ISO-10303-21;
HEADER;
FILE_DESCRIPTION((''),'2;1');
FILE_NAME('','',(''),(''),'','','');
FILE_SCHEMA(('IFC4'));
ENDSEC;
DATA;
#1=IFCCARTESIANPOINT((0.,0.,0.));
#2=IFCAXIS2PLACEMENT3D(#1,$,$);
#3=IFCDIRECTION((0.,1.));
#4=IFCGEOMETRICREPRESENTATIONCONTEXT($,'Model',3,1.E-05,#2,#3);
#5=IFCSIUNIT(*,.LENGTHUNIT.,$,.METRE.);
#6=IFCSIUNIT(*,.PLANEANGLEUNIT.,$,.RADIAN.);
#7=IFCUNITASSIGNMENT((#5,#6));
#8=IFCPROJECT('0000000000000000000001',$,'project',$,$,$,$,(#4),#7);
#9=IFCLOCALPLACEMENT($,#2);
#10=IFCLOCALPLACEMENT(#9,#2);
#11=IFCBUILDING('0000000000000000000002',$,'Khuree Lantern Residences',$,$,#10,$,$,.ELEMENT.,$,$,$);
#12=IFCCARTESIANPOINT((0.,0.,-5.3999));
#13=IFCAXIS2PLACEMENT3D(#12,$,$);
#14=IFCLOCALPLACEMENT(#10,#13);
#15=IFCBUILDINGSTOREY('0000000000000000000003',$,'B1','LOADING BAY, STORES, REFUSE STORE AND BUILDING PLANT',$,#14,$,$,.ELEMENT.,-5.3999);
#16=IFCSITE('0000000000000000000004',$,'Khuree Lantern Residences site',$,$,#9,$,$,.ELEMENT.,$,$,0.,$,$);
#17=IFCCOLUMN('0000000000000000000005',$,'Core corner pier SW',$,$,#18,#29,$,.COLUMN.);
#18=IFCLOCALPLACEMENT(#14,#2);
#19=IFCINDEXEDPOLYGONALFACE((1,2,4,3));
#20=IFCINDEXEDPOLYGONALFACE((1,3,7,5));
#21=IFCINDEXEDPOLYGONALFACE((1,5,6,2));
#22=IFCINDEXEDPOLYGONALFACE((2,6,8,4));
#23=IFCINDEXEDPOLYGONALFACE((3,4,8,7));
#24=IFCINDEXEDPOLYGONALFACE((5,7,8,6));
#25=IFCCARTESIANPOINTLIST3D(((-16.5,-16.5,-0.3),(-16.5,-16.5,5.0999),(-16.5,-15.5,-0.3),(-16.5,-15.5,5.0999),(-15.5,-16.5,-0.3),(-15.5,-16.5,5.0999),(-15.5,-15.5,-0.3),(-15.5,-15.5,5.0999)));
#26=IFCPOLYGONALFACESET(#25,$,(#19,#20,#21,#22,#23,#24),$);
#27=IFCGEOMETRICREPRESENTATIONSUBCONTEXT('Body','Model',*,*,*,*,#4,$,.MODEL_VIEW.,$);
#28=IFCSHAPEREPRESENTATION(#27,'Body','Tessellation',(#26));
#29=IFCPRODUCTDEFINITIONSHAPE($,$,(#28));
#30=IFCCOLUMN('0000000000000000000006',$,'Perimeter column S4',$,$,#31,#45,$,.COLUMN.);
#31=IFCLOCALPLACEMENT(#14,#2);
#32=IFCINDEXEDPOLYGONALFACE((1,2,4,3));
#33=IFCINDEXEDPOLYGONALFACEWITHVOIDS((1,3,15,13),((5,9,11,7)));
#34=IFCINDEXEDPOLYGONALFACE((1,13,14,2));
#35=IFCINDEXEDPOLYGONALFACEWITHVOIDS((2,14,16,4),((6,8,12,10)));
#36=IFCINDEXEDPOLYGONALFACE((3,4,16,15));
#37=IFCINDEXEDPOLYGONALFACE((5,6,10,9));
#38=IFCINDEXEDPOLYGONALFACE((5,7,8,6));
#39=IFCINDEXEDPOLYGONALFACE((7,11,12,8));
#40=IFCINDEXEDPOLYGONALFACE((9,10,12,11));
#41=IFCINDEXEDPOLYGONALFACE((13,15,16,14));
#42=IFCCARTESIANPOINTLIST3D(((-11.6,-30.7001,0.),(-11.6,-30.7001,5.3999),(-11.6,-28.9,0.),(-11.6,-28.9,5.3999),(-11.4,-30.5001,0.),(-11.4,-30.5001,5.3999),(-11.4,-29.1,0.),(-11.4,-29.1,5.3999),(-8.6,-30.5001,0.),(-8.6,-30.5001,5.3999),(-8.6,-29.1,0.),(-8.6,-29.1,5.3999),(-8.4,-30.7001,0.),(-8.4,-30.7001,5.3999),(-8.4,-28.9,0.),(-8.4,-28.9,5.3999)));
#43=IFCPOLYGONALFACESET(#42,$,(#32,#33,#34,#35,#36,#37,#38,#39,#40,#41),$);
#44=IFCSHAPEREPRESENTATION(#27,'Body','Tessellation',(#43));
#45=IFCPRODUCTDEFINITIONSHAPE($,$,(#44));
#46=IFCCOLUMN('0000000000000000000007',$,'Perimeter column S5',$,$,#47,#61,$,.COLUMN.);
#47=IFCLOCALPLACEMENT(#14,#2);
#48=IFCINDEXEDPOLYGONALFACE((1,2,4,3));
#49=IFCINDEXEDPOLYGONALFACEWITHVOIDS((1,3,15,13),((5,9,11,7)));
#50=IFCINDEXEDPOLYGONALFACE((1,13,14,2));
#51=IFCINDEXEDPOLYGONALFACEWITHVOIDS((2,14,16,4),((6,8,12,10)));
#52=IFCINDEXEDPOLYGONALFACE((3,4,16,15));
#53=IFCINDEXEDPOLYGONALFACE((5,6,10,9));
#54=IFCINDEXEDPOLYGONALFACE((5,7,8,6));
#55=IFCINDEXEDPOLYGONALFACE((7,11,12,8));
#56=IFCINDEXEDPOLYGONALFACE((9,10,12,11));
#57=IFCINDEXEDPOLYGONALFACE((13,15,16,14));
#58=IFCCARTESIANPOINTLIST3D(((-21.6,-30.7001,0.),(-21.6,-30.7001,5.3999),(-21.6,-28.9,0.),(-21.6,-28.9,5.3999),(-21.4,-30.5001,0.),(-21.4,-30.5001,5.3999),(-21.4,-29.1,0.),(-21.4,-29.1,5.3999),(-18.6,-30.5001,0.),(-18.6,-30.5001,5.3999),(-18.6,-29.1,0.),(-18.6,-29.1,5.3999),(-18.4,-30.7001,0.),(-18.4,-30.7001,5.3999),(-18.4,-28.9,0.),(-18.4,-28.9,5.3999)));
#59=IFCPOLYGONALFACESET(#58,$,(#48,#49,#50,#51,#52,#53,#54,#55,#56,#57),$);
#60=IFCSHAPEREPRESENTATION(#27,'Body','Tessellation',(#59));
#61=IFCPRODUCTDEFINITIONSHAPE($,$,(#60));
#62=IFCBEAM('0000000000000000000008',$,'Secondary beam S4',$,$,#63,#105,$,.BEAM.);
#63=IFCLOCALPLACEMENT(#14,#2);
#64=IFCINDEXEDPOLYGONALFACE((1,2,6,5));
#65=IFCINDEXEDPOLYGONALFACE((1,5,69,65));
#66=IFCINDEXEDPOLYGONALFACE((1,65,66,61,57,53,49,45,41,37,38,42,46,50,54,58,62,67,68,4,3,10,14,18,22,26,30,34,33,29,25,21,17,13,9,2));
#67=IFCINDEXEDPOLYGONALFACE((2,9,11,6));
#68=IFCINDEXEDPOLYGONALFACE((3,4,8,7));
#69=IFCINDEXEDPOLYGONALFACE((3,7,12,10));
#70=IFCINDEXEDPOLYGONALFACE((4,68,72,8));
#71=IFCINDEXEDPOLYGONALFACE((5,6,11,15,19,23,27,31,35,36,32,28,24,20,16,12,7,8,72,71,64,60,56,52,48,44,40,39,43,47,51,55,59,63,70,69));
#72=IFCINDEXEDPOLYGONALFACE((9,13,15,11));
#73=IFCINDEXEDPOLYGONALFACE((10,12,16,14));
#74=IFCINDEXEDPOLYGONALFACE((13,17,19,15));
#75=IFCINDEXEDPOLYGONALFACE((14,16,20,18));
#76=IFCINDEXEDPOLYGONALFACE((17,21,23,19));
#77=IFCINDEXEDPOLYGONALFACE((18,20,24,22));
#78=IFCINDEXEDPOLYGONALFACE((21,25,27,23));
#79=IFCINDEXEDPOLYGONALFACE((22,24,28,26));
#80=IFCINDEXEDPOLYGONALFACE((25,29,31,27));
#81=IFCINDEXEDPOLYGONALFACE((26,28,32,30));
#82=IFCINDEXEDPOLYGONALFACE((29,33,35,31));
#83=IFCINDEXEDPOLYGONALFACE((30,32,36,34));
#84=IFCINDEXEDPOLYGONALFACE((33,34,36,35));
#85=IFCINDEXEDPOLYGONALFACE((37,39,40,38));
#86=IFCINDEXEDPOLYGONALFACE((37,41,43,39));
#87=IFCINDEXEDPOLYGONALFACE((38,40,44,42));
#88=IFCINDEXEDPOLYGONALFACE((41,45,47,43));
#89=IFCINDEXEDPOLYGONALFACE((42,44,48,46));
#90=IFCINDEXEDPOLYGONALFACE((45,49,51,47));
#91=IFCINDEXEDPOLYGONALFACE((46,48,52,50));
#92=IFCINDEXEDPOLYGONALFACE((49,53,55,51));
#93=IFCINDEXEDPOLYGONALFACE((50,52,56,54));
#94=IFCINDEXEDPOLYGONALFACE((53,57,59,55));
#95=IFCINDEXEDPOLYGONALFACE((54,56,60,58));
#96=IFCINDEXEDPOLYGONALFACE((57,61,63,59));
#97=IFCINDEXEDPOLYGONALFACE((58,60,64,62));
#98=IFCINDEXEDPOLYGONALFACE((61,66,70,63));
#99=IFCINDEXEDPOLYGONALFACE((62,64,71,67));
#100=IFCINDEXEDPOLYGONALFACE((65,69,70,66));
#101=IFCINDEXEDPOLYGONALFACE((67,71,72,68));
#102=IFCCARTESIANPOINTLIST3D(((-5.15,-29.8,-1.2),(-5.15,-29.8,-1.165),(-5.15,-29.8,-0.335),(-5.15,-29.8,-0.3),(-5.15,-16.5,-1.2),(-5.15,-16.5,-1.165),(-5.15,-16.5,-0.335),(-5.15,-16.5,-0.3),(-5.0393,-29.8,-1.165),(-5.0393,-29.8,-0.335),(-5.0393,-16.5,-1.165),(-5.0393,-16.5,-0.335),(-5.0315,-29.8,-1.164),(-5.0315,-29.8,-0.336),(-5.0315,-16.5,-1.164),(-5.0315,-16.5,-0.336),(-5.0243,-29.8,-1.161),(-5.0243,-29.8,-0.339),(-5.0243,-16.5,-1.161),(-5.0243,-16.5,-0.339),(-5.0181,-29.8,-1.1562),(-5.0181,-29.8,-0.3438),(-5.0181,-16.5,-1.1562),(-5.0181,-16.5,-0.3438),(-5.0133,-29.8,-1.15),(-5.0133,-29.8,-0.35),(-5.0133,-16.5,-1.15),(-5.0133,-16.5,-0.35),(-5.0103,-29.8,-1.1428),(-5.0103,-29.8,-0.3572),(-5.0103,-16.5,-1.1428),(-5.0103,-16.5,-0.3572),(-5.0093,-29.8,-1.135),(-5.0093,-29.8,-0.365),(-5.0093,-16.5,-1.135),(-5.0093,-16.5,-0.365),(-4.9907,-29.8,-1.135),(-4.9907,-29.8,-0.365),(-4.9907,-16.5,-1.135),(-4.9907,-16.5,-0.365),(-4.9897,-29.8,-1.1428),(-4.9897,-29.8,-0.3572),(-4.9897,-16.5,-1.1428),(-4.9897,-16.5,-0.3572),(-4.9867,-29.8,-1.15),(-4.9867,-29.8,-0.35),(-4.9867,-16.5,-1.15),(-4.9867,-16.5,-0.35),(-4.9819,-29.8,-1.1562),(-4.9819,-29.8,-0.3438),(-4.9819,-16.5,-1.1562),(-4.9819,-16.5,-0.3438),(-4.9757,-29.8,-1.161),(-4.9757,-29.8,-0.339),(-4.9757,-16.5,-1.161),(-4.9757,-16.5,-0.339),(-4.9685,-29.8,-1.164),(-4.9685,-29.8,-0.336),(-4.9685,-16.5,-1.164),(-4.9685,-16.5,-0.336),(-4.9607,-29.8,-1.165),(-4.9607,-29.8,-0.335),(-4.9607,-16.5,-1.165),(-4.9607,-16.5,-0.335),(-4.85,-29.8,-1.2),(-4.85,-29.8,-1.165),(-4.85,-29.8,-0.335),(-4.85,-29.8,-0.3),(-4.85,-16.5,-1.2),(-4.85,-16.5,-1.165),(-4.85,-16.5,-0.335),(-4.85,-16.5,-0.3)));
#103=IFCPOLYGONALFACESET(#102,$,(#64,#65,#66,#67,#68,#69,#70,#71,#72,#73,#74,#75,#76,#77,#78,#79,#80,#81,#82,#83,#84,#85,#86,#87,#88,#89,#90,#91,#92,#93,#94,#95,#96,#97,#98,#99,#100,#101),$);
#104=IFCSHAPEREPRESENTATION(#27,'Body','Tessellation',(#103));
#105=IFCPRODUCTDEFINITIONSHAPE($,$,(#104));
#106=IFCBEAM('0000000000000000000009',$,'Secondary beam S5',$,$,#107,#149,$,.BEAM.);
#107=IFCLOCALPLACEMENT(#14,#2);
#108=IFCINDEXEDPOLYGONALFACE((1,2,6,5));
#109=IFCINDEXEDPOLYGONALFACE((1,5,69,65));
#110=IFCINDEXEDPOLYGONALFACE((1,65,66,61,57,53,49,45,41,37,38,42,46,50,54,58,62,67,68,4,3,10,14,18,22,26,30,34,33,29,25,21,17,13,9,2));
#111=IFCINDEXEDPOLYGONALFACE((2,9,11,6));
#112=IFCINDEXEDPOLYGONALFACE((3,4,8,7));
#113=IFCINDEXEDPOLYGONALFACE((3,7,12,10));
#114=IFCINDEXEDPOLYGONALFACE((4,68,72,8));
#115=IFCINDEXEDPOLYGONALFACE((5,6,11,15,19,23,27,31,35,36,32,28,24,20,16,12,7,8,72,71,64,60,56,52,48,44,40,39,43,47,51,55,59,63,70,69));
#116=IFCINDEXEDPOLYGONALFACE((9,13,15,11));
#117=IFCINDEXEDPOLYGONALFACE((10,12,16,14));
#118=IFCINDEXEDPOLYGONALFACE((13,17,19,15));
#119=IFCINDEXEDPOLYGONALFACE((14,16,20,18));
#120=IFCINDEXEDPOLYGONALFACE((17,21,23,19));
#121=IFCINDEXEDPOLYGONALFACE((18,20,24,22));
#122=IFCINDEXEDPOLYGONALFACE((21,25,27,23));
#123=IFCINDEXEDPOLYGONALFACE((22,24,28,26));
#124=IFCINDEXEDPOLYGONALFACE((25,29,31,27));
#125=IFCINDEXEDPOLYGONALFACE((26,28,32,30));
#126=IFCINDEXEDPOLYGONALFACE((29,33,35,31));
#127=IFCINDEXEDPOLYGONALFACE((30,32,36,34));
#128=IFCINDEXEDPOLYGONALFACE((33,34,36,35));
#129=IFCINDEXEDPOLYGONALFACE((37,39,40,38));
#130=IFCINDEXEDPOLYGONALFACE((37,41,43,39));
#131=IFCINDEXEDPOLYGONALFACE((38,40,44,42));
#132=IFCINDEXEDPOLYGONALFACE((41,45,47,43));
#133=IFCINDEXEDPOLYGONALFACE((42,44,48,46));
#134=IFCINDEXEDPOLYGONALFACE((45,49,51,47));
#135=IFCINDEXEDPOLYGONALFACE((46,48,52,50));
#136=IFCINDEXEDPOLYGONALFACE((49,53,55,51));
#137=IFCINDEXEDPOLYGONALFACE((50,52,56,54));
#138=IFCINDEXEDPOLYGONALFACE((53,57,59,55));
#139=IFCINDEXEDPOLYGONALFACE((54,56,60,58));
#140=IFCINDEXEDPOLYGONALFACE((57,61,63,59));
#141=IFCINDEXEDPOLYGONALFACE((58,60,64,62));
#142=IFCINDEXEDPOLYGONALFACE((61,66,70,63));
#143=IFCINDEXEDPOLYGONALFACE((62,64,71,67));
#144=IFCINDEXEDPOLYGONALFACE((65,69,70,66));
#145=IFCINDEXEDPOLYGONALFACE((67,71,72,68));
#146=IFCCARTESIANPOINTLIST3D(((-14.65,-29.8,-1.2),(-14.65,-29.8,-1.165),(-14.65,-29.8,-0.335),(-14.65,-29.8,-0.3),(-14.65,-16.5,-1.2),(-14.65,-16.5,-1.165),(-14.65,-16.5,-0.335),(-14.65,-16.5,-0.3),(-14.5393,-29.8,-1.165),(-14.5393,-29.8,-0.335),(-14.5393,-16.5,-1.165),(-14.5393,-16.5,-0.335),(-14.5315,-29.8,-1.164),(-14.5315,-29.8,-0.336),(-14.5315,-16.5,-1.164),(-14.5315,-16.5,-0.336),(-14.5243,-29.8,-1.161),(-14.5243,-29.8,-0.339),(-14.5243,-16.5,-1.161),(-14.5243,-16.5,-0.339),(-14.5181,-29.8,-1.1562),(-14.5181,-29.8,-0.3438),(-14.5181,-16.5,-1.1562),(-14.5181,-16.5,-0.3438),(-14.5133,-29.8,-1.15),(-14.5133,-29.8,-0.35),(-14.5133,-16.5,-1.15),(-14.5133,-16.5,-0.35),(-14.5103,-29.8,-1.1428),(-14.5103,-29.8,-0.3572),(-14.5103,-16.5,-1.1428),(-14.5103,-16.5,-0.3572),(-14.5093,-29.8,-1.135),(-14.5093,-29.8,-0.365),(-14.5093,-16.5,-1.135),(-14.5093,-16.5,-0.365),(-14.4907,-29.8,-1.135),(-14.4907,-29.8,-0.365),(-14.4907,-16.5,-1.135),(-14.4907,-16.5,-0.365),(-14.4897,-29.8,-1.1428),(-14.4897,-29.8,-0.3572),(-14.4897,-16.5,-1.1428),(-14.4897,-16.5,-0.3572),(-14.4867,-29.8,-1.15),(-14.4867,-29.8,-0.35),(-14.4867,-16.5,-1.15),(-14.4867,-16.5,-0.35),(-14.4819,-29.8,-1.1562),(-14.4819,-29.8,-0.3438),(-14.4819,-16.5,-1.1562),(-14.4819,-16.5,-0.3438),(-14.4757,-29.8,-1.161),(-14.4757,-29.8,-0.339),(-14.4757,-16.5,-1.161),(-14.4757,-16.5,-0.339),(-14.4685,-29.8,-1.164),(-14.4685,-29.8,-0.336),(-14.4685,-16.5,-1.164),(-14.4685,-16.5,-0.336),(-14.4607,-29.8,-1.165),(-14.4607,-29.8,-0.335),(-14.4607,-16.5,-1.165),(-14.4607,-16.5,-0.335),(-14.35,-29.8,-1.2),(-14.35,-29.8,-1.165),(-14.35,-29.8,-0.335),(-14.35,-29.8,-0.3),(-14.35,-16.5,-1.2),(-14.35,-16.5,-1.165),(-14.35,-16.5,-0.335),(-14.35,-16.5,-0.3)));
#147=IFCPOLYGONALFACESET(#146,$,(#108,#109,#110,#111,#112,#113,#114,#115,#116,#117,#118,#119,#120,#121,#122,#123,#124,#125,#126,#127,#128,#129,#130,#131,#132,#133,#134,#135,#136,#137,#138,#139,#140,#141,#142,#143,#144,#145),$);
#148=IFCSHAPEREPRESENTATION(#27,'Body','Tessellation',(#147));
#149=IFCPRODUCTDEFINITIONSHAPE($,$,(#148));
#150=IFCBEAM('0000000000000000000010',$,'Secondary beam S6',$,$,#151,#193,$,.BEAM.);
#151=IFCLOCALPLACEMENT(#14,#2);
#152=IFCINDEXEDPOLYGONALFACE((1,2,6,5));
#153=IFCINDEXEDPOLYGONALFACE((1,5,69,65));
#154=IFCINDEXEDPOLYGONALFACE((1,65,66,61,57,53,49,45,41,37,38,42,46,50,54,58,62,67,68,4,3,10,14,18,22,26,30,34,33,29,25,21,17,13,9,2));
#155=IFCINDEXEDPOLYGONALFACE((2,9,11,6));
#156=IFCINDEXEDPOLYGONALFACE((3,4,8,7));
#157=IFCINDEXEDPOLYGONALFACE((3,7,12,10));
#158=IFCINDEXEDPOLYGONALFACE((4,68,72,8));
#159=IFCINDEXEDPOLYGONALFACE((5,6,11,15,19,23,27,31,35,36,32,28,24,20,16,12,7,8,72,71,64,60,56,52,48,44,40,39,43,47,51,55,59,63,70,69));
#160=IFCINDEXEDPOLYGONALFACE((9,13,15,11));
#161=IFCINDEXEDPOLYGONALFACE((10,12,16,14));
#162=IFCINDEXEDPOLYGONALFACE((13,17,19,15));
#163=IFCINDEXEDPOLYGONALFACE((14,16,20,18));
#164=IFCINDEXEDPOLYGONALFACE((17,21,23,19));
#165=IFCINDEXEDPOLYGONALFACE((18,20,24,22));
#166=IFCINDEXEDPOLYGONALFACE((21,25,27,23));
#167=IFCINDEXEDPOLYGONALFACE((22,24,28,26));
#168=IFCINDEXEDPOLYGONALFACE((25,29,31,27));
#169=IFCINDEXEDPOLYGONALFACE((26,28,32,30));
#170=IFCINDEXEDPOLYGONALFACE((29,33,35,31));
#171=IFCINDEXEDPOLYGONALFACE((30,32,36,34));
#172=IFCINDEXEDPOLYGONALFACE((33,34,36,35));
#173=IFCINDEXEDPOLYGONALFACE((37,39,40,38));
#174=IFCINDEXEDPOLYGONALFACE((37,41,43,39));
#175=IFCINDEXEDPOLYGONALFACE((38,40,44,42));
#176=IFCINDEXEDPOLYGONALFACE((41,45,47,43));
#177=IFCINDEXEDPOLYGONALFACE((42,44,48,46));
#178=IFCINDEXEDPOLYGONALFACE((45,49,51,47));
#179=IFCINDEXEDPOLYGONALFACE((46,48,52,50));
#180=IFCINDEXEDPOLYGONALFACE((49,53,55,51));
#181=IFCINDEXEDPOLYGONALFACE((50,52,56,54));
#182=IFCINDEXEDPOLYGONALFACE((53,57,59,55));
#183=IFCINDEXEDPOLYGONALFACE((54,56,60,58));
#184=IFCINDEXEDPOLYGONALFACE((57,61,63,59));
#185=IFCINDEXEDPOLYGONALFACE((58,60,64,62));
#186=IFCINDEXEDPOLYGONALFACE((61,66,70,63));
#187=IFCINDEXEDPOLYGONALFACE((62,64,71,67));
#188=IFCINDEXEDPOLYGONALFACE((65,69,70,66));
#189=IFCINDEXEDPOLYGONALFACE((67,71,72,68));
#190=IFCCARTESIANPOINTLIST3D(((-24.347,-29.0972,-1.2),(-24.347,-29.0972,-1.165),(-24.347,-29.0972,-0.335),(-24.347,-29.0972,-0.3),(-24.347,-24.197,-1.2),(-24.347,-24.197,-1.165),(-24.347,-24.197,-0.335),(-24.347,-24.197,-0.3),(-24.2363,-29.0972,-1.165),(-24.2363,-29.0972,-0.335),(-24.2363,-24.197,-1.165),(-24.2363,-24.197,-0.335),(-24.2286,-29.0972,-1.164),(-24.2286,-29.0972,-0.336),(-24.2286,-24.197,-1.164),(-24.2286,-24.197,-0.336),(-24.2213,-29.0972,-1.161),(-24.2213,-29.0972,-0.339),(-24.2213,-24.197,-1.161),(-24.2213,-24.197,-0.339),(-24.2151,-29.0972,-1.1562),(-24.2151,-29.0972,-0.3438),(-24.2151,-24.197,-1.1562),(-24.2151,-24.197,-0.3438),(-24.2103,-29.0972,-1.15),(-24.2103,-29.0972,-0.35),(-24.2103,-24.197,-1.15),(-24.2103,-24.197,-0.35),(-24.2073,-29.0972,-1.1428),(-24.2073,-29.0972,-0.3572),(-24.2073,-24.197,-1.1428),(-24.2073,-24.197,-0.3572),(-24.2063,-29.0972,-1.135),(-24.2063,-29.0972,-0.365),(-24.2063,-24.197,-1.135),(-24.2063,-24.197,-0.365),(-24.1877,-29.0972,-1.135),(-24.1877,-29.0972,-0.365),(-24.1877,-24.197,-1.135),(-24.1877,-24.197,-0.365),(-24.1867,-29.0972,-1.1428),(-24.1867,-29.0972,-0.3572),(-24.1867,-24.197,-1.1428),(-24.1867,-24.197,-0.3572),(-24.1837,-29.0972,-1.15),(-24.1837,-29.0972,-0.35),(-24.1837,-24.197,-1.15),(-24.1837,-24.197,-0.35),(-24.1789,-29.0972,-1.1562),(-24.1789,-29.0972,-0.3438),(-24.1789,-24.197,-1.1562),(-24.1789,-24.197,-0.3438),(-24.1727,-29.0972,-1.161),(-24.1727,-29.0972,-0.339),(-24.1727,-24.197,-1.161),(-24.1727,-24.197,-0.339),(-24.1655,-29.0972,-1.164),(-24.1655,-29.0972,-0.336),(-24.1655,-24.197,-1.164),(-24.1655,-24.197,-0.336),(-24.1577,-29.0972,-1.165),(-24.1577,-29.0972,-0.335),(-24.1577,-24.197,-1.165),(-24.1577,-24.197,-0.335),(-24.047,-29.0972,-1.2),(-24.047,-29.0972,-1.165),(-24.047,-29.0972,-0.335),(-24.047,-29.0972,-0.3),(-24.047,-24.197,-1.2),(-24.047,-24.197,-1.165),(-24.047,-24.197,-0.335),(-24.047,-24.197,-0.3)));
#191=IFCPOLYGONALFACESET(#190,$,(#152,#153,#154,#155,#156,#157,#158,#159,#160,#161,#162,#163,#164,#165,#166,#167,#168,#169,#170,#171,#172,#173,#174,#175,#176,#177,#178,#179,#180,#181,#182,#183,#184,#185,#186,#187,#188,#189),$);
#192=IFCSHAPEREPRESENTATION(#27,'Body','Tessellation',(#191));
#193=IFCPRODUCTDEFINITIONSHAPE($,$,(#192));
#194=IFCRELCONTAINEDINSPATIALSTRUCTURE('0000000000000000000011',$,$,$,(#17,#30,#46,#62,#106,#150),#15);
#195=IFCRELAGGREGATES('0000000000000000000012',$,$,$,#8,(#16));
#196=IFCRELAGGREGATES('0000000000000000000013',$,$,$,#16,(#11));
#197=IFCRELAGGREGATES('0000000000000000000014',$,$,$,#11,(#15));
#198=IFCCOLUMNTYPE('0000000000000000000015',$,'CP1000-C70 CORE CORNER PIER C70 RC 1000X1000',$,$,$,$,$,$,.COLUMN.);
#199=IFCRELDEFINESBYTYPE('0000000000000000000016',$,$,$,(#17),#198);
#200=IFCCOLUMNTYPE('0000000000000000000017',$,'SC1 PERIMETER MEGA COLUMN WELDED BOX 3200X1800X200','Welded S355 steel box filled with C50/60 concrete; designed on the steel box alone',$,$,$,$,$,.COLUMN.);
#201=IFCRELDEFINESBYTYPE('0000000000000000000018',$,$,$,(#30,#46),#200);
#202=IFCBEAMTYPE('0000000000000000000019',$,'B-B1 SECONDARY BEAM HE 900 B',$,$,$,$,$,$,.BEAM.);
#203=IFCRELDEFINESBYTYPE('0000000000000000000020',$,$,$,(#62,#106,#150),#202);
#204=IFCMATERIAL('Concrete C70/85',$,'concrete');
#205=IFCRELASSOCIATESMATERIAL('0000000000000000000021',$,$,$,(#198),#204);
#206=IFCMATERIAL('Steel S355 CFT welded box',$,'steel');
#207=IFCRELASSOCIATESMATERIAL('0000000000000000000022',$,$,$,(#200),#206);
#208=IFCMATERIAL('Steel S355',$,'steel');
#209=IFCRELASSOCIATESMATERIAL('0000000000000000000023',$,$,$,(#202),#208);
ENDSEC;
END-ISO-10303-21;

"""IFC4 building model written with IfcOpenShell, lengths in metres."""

from ifc_helpers import new_model, si_unit, direction, frame, origin, origin_2d, place, context, subcontext, project, spatial, rectangle, hollow_rectangle, i_section, extrude, material, material_profile, profile_set, type_object, element, save


model = new_model("IFC4")

# Units and contexts
model_context = context("Model", 3, precision=1e-05, world=origin(), true_north=direction((0.0, 1.0)))
body_context = subcontext(model_context, "Body", "Model", "MODEL_VIEW")
ifc_project = project(units=[si_unit("LENGTHUNIT", "METRE"), si_unit("PLANEANGLEUNIT", "RADIAN")], contexts=[model_context])

# Site, building, storey
site_placement = place(None, origin())
site = spatial("IfcSite", under=ifc_project, at=site_placement, Name="Khuree Lantern Residences site", CompositionType="ELEMENT", RefElevation=0.0)
building_placement = place(site_placement, origin())
building = spatial("IfcBuilding", under=site, at=building_placement, Name="Khuree Lantern Residences", CompositionType="ELEMENT")
storey_placement = place(building_placement, frame((0.0, 0.0, -5.3999)))
storey = spatial("IfcBuildingStorey", under=building, at=storey_placement, Name="B1", Description="LOADING BAY, STORES, REFUSE STORE AND BUILDING PLANT", CompositionType="ELEMENT", Elevation=-5.3999)

# Columns
ifc_material_1 = material(Name="Concrete C70/85", Category="concrete")
ifc_material_profile_1 = material_profile(ifc_material_1, rectangle(XDim=1.0, YDim=1.0, at=origin_2d()), Name="RC 1000X1000")
ifc_profile_set_1 = profile_set([ifc_material_profile_1], Name="Concrete C70/85")
column_type_1 = type_object("IfcColumnType", Name="CP1000-C70 CORE CORNER PIER C70 RC 1000X1000", PredefinedType="COLUMN", material=ifc_profile_set_1)
column_placement = place(storey_placement, frame((-16.0, -16.0, -0.3), z_axis=(0.0, 0.0, 1.0), x_axis=(1.0, 0.0, 0.0)))
element("IfcColumn", 1, at=column_placement, inside=storey, type_object=column_type_1, Name="Core corner pier SW", PredefinedType="COLUMN", context=body_context, shape_type="SweptSolid", body=[
    extrude(rectangle(XDim=1.0, YDim=1.0, at=origin_2d()), origin(), (0.0, 0.0, 1.0), 5.3999),
])
ifc_material_2 = material(Name="Steel S355 CFT welded box", Category="steel")
ifc_material_profile_2 = material_profile(ifc_material_2, hollow_rectangle(XDim=3.2, YDim=1.8, WallThickness=0.2, at=origin_2d()), Name="WELDED BOX 3200X1800X200")
ifc_profile_set_2 = profile_set([ifc_material_profile_2], Name="Steel S355 CFT welded box")
column_type_2 = type_object("IfcColumnType", Name="SC1 PERIMETER MEGA COLUMN WELDED BOX 3200X1800X200", Description="Welded S355 steel box filled with C50/60 concrete; designed on the steel box alone", PredefinedType="COLUMN", material=ifc_profile_set_2)
for number, where, z_axis, x_axis, name in (
    (2, (-10.0, -29.8, 0.0), (0.0, 0.0, 1.0), (1.0, 0.0, 0.0), "Perimeter column S4"),
    (3, (-20.0, -29.8, 0.0), (0.0, 0.0, 1.0), (1.0, 0.0, 0.0), "Perimeter column S5"),
):
    element("IfcColumn", number, at=place(storey_placement, frame(where, z_axis=z_axis, x_axis=x_axis)), inside=storey, type_object=column_type_2, Name=name, PredefinedType="COLUMN", context=body_context, shape_type="SweptSolid", body=[
        extrude(hollow_rectangle(XDim=3.2, YDim=1.8, WallThickness=0.2, at=origin_2d()), origin(), (0.0, 0.0, 1.0), 5.3999),
    ])

# Beams
ifc_material_3 = material(Name="Steel S355", Category="steel")
ifc_material_profile_3 = material_profile(ifc_material_3, i_section(OverallWidth=0.3, OverallDepth=0.8999, WebThickness=0.0186, FlangeThickness=0.0349, FilletRadius=0.03, at=origin_2d()), Name="HE 900 B")
ifc_profile_set_3 = profile_set([ifc_material_profile_3], Name="Steel S355")
beam_type_1 = type_object("IfcBeamType", Name="B-B1 SECONDARY BEAM HE 900 B", PredefinedType="BEAM", material=ifc_profile_set_3)
for number, where, z_axis, x_axis, name in (
    (4, (-5.0, -29.8, -0.75), (0.0, 1.0, 0.0), (-1.0, 0.0, 0.0), "Secondary beam S4"),
    (5, (-14.5, -29.8, -0.75), (0.0, 1.0, 0.0), (-1.0, 0.0, 0.0), "Secondary beam S5"),
):
    element("IfcBeam", number, at=place(storey_placement, frame(where, z_axis=z_axis, x_axis=x_axis)), inside=storey, type_object=beam_type_1, Name=name, PredefinedType="BEAM", context=body_context, shape_type="SweptSolid", body=[
        extrude(i_section(OverallWidth=0.3, OverallDepth=0.8999, WebThickness=0.0186, FlangeThickness=0.0349, FilletRadius=0.03, at=origin_2d()), origin(), (0.0, 0.0, 1.0), 13.3),
    ])
beam_1_placement = place(storey_placement, frame((-24.197, -29.0972, -0.75), z_axis=(0.0, 1.0, 0.0), x_axis=(-1.0, 0.0, 0.0)))
element("IfcBeam", 6, at=beam_1_placement, inside=storey, type_object=beam_type_1, Name="Secondary beam S6", PredefinedType="BEAM", context=body_context, shape_type="SweptSolid", body=[
    extrude(i_section(OverallWidth=0.3, OverallDepth=0.8999, WebThickness=0.0186, FlangeThickness=0.0349, FilletRadius=0.03, at=origin_2d()), origin(), (0.0, 0.0, 1.0), 4.9001),
])

save(model, "model.ifc")
